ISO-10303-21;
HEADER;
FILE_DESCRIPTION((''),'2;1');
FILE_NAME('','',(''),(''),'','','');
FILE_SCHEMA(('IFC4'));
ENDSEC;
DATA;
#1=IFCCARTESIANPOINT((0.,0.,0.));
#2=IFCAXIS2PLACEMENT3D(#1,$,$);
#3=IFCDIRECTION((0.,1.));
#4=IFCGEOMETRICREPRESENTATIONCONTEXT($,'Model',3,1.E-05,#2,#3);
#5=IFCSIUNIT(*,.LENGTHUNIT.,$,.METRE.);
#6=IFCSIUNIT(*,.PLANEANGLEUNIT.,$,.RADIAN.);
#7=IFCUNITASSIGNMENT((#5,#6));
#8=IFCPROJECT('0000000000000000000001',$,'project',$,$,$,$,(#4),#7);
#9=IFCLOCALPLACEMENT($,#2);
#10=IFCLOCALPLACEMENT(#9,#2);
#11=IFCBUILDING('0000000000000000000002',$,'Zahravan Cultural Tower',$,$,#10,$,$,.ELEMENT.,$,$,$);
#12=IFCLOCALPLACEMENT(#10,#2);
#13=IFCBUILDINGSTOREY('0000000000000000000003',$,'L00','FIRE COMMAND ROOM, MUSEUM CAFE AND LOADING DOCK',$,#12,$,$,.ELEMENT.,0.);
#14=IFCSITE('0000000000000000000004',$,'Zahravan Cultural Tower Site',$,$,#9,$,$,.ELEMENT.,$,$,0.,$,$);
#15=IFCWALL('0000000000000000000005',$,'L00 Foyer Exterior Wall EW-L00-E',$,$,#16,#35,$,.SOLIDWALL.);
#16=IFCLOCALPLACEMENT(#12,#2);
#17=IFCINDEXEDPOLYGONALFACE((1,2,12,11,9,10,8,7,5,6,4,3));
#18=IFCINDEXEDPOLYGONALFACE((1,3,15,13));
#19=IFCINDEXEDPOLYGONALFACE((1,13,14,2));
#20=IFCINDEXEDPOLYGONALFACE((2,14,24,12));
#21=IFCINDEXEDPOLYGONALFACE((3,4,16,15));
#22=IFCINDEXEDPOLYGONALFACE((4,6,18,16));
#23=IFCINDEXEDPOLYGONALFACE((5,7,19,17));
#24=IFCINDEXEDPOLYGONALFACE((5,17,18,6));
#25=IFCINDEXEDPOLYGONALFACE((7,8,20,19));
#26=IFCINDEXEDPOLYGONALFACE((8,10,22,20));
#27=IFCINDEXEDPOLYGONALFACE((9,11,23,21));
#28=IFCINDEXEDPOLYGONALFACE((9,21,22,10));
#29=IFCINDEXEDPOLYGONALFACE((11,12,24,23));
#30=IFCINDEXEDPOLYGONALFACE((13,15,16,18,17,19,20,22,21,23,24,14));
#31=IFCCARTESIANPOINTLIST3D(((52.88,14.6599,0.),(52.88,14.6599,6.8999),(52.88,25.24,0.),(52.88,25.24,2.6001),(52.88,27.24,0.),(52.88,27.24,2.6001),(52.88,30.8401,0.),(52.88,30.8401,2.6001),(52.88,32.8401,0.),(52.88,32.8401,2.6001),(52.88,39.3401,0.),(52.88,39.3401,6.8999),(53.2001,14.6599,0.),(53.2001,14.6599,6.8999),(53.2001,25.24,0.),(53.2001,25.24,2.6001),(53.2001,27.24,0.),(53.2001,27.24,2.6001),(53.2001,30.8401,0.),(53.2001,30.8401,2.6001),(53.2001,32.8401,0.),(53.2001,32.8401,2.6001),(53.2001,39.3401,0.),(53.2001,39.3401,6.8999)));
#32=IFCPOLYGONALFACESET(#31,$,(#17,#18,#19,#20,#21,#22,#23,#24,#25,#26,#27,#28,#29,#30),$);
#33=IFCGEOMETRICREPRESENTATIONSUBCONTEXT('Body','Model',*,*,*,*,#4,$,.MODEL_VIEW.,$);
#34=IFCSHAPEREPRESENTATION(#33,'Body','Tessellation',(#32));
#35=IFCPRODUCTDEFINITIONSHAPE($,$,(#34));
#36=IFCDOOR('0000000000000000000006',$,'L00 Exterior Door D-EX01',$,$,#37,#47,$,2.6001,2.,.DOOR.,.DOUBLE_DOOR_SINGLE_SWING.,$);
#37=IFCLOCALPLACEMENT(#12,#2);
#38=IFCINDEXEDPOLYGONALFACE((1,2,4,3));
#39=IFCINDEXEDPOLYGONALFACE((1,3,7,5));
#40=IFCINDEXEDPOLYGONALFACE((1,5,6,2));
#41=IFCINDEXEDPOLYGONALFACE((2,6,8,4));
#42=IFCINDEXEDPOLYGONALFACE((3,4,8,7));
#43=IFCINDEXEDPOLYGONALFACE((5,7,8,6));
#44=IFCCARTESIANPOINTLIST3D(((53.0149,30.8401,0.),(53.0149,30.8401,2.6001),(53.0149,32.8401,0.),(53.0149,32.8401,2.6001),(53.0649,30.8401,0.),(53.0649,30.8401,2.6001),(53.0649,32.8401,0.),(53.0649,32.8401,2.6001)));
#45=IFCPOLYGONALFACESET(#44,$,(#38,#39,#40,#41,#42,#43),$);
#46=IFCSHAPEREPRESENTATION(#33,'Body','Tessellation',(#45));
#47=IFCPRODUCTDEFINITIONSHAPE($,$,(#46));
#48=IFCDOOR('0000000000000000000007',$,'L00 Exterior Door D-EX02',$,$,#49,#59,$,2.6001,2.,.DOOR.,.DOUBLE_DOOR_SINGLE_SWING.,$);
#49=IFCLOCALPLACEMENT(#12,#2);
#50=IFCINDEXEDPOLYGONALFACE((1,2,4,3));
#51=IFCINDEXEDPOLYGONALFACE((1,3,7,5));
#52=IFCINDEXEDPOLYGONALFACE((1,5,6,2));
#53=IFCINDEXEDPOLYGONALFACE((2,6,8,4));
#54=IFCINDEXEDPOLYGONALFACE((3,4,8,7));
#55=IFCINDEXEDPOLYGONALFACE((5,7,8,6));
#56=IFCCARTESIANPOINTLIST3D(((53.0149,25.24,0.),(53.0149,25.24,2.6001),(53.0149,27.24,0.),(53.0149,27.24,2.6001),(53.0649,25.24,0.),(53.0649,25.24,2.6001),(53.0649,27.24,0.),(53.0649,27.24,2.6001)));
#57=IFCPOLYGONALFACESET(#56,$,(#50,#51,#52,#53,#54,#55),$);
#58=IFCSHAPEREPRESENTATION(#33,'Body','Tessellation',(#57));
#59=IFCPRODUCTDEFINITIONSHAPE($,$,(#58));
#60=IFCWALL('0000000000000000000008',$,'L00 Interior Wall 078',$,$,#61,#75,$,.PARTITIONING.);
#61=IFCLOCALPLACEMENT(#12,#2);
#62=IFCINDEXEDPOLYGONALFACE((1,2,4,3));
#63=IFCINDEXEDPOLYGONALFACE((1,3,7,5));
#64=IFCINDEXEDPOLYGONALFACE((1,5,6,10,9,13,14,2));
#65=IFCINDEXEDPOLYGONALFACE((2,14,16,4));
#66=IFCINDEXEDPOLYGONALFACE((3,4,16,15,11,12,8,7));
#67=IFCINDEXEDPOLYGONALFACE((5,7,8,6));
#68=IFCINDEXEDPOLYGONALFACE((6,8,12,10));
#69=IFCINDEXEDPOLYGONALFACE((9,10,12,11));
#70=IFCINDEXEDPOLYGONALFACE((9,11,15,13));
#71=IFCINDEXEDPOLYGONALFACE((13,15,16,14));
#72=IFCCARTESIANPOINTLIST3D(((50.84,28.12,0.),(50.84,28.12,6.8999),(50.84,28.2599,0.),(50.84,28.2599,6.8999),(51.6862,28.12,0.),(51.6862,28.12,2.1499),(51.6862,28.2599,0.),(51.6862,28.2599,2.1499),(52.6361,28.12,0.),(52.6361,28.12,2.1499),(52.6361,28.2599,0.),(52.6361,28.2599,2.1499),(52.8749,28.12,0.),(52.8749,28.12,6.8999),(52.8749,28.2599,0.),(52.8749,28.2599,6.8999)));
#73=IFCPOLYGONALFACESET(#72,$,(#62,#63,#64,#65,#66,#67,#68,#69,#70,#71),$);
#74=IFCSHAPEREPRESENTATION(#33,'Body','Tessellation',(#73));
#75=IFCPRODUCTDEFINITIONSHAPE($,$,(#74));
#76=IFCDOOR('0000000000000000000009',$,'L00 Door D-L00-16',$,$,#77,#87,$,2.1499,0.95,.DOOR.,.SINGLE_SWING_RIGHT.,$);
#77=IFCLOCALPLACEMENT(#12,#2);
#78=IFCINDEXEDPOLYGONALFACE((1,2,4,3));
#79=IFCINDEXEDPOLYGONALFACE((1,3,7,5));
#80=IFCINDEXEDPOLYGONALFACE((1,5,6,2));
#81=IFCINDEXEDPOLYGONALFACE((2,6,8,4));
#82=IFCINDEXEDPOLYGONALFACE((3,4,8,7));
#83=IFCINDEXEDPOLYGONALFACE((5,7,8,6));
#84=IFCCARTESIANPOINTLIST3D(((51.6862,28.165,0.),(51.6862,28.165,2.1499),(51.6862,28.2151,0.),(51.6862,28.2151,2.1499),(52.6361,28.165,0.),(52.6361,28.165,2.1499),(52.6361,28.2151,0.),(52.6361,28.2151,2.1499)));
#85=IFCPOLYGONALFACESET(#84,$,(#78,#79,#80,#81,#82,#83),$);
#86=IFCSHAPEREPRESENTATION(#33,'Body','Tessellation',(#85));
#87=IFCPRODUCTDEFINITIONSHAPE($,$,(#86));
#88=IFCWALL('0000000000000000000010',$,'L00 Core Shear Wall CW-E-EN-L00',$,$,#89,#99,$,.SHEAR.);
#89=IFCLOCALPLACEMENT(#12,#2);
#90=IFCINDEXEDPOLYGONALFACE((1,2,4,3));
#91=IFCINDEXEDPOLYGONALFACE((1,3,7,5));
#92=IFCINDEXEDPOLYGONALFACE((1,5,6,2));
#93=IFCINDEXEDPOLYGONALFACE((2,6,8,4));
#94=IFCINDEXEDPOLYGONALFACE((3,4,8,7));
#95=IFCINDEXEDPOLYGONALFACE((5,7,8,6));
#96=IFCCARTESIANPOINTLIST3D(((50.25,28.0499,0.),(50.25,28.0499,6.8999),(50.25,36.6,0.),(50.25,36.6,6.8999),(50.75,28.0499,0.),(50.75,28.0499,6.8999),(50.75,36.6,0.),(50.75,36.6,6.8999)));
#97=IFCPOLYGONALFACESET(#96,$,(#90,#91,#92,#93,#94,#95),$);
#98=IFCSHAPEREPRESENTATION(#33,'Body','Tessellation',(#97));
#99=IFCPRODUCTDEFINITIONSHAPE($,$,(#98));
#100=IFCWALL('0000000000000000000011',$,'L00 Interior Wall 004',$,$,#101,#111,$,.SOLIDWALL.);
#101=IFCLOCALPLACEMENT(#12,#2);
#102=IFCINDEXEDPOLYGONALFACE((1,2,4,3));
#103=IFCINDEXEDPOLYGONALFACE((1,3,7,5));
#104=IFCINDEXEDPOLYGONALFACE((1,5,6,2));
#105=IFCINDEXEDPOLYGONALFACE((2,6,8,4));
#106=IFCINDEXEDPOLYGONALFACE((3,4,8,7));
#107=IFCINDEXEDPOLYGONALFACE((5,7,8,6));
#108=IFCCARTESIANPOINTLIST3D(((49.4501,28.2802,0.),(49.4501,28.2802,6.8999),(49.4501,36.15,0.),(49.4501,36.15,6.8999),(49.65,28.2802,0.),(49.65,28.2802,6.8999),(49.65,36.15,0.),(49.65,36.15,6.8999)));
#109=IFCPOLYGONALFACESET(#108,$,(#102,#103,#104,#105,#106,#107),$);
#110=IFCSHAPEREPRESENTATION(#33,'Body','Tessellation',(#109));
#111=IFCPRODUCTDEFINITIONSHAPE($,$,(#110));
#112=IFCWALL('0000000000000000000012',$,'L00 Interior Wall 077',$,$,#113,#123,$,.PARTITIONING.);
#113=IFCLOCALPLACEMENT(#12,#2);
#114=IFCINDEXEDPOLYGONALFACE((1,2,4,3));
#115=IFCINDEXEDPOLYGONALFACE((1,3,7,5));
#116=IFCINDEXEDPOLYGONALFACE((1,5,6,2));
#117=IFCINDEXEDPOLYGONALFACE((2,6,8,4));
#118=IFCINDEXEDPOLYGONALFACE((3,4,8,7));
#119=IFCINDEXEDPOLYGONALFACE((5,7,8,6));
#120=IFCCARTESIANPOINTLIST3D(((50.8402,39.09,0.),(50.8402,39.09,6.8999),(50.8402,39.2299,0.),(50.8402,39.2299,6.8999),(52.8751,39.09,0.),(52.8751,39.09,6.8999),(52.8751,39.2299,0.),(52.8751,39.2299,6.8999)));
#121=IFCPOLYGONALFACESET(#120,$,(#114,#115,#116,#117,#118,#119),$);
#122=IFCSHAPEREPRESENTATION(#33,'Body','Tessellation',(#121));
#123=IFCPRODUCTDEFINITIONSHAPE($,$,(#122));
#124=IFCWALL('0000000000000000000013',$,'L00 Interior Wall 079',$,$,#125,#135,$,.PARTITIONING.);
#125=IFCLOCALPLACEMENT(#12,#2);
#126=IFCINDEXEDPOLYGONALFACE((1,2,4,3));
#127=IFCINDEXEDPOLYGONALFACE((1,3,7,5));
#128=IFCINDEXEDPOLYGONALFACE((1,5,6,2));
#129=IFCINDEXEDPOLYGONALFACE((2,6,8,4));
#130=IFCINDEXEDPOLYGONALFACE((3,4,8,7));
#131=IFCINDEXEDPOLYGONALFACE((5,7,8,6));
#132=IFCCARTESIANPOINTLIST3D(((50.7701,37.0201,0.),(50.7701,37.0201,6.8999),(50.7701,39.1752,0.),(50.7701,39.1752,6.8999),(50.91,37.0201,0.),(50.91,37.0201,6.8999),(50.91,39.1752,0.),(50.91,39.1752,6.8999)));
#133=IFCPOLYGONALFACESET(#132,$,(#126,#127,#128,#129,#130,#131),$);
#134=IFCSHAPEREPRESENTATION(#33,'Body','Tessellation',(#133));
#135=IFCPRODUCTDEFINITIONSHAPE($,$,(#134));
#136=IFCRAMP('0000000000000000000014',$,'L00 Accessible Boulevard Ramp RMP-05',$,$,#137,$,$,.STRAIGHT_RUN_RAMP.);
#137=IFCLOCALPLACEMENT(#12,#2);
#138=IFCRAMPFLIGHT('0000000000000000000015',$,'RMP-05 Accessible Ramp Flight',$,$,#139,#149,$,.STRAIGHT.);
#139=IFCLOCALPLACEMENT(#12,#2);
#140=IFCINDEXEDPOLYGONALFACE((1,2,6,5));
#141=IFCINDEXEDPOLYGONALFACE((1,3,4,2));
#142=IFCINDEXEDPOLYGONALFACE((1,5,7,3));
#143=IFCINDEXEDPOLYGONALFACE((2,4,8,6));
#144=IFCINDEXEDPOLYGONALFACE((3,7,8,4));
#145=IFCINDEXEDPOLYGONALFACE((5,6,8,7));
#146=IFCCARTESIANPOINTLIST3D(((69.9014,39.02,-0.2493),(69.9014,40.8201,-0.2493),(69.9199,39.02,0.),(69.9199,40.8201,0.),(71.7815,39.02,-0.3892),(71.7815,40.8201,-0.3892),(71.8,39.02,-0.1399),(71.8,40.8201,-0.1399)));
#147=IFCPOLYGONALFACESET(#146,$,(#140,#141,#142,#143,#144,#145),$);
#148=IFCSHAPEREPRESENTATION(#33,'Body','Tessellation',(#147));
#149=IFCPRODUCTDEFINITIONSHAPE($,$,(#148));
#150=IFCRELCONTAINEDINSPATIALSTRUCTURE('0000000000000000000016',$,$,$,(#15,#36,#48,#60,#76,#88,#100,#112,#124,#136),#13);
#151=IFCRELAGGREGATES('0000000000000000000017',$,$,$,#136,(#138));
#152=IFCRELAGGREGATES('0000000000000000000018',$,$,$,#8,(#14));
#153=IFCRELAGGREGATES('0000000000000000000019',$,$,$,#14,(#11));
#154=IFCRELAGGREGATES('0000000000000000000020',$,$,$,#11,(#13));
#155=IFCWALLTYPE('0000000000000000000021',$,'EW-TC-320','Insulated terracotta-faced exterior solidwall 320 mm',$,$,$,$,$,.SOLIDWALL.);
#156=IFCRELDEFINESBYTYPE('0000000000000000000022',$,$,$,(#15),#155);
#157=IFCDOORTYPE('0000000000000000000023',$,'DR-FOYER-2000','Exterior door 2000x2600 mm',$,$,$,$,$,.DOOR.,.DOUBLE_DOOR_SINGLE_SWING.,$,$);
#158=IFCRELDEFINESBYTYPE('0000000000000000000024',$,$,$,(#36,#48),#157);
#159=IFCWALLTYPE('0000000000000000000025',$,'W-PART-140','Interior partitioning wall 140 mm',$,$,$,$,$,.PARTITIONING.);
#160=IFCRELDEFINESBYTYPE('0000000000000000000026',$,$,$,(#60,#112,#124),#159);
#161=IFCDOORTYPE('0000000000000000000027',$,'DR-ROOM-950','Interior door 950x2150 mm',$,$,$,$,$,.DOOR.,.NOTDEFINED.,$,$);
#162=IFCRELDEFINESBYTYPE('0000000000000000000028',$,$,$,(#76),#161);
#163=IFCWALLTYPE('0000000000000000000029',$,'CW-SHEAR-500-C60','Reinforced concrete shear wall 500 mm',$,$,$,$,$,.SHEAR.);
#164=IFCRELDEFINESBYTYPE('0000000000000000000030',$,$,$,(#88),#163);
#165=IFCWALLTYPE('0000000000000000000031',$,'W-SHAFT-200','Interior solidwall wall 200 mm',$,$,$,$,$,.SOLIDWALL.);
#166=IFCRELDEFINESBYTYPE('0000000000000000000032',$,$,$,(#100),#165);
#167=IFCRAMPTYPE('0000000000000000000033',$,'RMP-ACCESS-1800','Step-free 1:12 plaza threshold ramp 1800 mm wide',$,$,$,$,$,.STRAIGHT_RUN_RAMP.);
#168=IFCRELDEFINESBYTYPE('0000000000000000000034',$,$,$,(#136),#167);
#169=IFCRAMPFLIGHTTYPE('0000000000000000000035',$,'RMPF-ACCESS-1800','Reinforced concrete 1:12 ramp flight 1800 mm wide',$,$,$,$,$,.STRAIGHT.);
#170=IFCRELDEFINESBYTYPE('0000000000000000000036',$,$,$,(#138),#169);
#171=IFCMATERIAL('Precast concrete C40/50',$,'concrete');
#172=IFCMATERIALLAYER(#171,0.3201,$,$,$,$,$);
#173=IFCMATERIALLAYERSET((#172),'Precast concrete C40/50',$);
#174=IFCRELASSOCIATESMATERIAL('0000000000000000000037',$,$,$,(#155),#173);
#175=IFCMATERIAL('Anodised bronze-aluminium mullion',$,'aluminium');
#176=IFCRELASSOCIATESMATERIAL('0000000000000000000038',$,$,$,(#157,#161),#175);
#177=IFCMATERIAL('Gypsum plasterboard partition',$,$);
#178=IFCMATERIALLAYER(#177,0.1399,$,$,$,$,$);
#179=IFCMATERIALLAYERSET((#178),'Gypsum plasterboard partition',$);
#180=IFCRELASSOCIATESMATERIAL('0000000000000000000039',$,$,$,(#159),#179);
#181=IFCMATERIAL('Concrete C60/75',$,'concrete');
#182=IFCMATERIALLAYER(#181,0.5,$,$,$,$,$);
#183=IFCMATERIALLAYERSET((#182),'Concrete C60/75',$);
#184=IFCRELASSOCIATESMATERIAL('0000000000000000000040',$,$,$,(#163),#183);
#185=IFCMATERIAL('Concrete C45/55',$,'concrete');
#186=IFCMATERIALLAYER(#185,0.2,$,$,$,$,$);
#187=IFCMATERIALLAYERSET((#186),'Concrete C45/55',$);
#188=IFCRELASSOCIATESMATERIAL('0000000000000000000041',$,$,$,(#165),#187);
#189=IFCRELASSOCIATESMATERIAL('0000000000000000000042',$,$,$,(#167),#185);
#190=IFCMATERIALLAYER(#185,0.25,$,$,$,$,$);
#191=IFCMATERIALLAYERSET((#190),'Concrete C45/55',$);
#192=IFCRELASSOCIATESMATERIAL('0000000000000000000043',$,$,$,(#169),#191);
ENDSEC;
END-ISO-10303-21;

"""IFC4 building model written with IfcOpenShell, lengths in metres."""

from ifc_helpers import new_model, si_unit, direction, frame, frame_2d, origin, place, context, subcontext, project, spatial, polyline, rectangle, outline, extrude, source, transform, mapped, material, layer, layer_set, type_object, element, fill, aggregate, save


model = new_model("IFC4")

# Units and contexts
model_context = context("Model", 3, precision=1e-05, world=origin(), true_north=direction((0.0, 1.0)))
body_context = subcontext(model_context, "Body", "Model", "MODEL_VIEW")
ifc_project = project(units=[si_unit("LENGTHUNIT", "METRE"), si_unit("PLANEANGLEUNIT", "RADIAN")], contexts=[model_context])

# Site, building, storey
site_placement = place(None, origin())
site = spatial("IfcSite", under=ifc_project, at=site_placement, Name="Zahravan Cultural Tower Site", CompositionType="ELEMENT", RefElevation=0.0)
building_placement = place(site_placement, origin())
building = spatial("IfcBuilding", under=site, at=building_placement, Name="Zahravan Cultural Tower", CompositionType="ELEMENT")
storey_placement = place(building_placement, origin())
storey = spatial("IfcBuildingStorey", under=building, at=storey_placement, Name="L00", Description="FIRE COMMAND ROOM, MUSEUM CAFE AND LOADING DOCK", CompositionType="ELEMENT", Elevation=0.0)

# Shared definitions
ifc_material_1 = material(Name="Concrete C60/75", Category="concrete")

# Wall, openings, doors
ifc_material_2 = material(Name="Precast concrete C40/50", Category="concrete")
ifc_layer_1 = layer(ifc_material_2, 0.3201)
ifc_layer_set_1 = layer_set([ifc_layer_1], Name="Precast concrete C40/50")
wall_type_1 = type_object("IfcWallType", Name="EW-TC-320", Description="Insulated terracotta-faced exterior solidwall 320 mm", PredefinedType="SOLIDWALL", material=ifc_layer_set_1)
wall_1_placement = place(storey_placement, frame((53.04, 39.3401, 0.0), z_axis=(0.0, 0.0, 1.0), x_axis=(0.0, -1.0, 0.0)))
wall_1 = element("IfcWall", 1, at=wall_1_placement, inside=storey, type_object=wall_type_1, Name="L00 Foyer Exterior Wall EW-L00-E", PredefinedType="SOLIDWALL", context=body_context, shape_type="SweptSolid", body=[
    extrude(rectangle(XDim=24.6802, YDim=0.3201, at=frame_2d((12.3401, 0.0))), origin(), (0.0, 0.0, 1.0), 6.8999),
])
opening_1_placement = place(wall_1_placement, frame((6.5, 0.0, 0.0)))
opening_1 = element("IfcOpeningElement", 2, at=opening_1_placement, cuts=wall_1, PredefinedType="OPENING", context=body_context, shape_type="SweptSolid", body=[
    extrude(rectangle(XDim=2.0, YDim=2.6001, at=frame_2d((1.0, 1.3))), frame((0.0, 0.1699, 0.0), z_axis=(0.0, -1.0, 0.0), x_axis=(1.0, 0.0, 0.0)), (0.0, 0.0, 1.0), 0.3401),
])
opening_2_placement = place(wall_1_placement, frame((12.1001, 0.0, 0.0)))
opening_2 = element("IfcOpeningElement", 3, at=opening_2_placement, cuts=wall_1, PredefinedType="OPENING", context=body_context, shape_type="SweptSolid", body=[
    extrude(rectangle(XDim=2.0, YDim=2.6001, at=frame_2d((1.0, 1.3))), frame((0.0, 0.1699, 0.0), z_axis=(0.0, -1.0, 0.0), x_axis=(1.0, 0.0, 0.0)), (0.0, 0.0, 1.0), 0.3401),
])
ifc_material_3 = material(Name="Anodised bronze-aluminium mullion", Category="aluminium")
door_type_1 = type_object("IfcDoorType", Name="DR-FOYER-2000", Description="Exterior door 2000x2600 mm", OperationType="DOUBLE_DOOR_SINGLE_SWING", PredefinedType="DOOR", material=ifc_material_3)
shared_shape_1 = source(origin(), body_context, "Body", "SweptSolid", [
    extrude(rectangle(XDim=2.0, YDim=2.6001, at=frame_2d((1.0, 1.3))), frame((0.0, 0.0249, 0.0), z_axis=(0.0, -1.0, 0.0), x_axis=(1.0, 0.0, 0.0)), (0.0, 0.0, 1.0), 0.05),
])
door_1_placement = place(opening_1_placement, origin())
door_1 = element("IfcDoor", 4, at=door_1_placement, inside=storey, type_object=door_type_1, Name="L00 Exterior Door D-EX01", OperationType="DOUBLE_DOOR_SINGLE_SWING", OverallHeight=2.6001, OverallWidth=2.0, PredefinedType="DOOR", context=body_context, shape_type="MappedRepresentation", body=[
    mapped(shared_shape_1, transform((0.0, 0.0, 0.0), x_axis=(1.0, 0.0, 0.0), y_axis=(0.0, 1.0, 0.0), z_axis=(0.0, 0.0, 1.0), scale=1.0)),
])
fill(opening_1, door_1)
door_2_placement = place(opening_2_placement, origin())
door_2 = element("IfcDoor", 5, at=door_2_placement, inside=storey, type_object=door_type_1, Name="L00 Exterior Door D-EX02", OperationType="DOUBLE_DOOR_SINGLE_SWING", OverallHeight=2.6001, OverallWidth=2.0, PredefinedType="DOOR", context=body_context, shape_type="MappedRepresentation", body=[
    mapped(shared_shape_1, transform((0.0, 0.0, 0.0), x_axis=(1.0, 0.0, 0.0), y_axis=(0.0, 1.0, 0.0), z_axis=(0.0, 0.0, 1.0), scale=1.0)),
])
fill(opening_2, door_2)

# Wall, opening, door
ifc_material_4 = material(Name="Gypsum plasterboard partition")
ifc_layer_2 = layer(ifc_material_4, 0.1399)
ifc_layer_set_2 = layer_set([ifc_layer_2], Name="Gypsum plasterboard partition")
wall_type_2 = type_object("IfcWallType", Name="W-PART-140", Description="Interior partitioning wall 140 mm", PredefinedType="PARTITIONING", material=ifc_layer_set_2)
wall_2_placement = place(storey_placement, frame((52.875, 28.1899, 0.0), z_axis=(0.0, 0.0, 1.0), x_axis=(-1.0, 0.0, 0.0)))
wall_2 = element("IfcWall", 6, at=wall_2_placement, inside=storey, type_object=wall_type_2, Name="L00 Interior Wall 078", PredefinedType="PARTITIONING", context=body_context, shape_type="SweptSolid", body=[
    extrude(rectangle(XDim=2.0349, YDim=0.1399, at=frame_2d((1.0176, 0.0))), origin(), (0.0, 0.0, 1.0), 6.8999),
])
opening_3_placement = place(wall_2_placement, frame((0.2388, 0.0, 0.0)))
opening_3 = element("IfcOpeningElement", 7, at=opening_3_placement, cuts=wall_2, PredefinedType="OPENING", context=body_context, shape_type="SweptSolid", body=[
    extrude(rectangle(XDim=0.95, YDim=2.1499, at=frame_2d((0.4751, 1.075))), frame((0.0, 0.0798, 0.0), z_axis=(0.0, -1.0, 0.0), x_axis=(1.0, 0.0, 0.0)), (0.0, 0.0, 1.0), 0.1599),
])
door_type_2 = type_object("IfcDoorType", Name="DR-ROOM-950", Description="Interior door 950x2150 mm", OperationType="NOTDEFINED", PredefinedType="DOOR", material=ifc_material_3)
shared_shape_2 = source(origin(), body_context, "Body", "SweptSolid", [
    extrude(rectangle(XDim=0.95, YDim=2.1499, at=frame_2d((0.4751, 1.075))), frame((0.0, 0.0249, 0.0), z_axis=(0.0, -1.0, 0.0), x_axis=(1.0, 0.0, 0.0)), (0.0, 0.0, 1.0), 0.05),
])
door_3_placement = place(opening_3_placement, origin())
door_3 = element("IfcDoor", 8, at=door_3_placement, inside=storey, type_object=door_type_2, Name="L00 Door D-L00-16", OperationType="SINGLE_SWING_RIGHT", OverallHeight=2.1499, OverallWidth=0.95, PredefinedType="DOOR", context=body_context, shape_type="MappedRepresentation", body=[
    mapped(shared_shape_2, transform((0.0, 0.0, 0.0), x_axis=(1.0, 0.0, 0.0), y_axis=(0.0, 1.0, 0.0), z_axis=(0.0, 0.0, 1.0), scale=1.0)),
])
fill(opening_3, door_3)

# Walls
ifc_layer_3 = layer(ifc_material_1, 0.5)
ifc_layer_set_3 = layer_set([ifc_layer_3], Name="Concrete C60/75")
wall_type_3 = type_object("IfcWallType", Name="CW-SHEAR-500-C60", Description="Reinforced concrete shear wall 500 mm", PredefinedType="SHEAR", material=ifc_layer_set_3)
shared_shape_3 = source(origin(), body_context, "Body", "SweptSolid", [
    extrude(rectangle(XDim=8.55, YDim=0.5, at=frame_2d((4.2749, 0.0))), origin(), (0.0, 0.0, 1.0), 6.8999),
])
wall_3_placement = place(storey_placement, frame((50.5, 28.05, 0.0), z_axis=(0.0, 0.0, 1.0), x_axis=(0.0, 1.0, 0.0)))
element("IfcWall", 9, at=wall_3_placement, inside=storey, type_object=wall_type_3, Name="L00 Core Shear Wall CW-E-EN-L00", PredefinedType="SHEAR", context=body_context, shape_type="MappedRepresentation", body=[
    mapped(shared_shape_3, transform((0.0, 0.0, 0.0), x_axis=(1.0, 0.0, 0.0), y_axis=(0.0, 1.0, 0.0), z_axis=(0.0, 0.0, 1.0), scale=1.0)),
])
ifc_material_5 = material(Name="Concrete C45/55", Category="concrete")
ifc_layer_4 = layer(ifc_material_5, 0.2)
ifc_layer_set_4 = layer_set([ifc_layer_4], Name="Concrete C45/55")
wall_type_4 = type_object("IfcWallType", Name="W-SHAFT-200", Description="Interior solidwall wall 200 mm", PredefinedType="SOLIDWALL", material=ifc_layer_set_4)
shared_shape_4 = source(origin(), body_context, "Body", "SweptSolid", [
    extrude(rectangle(XDim=7.8699, YDim=0.2, at=frame_2d((3.9351, 0.0))), origin(), (0.0, 0.0, 1.0), 6.8999),
])
wall_4_placement = place(storey_placement, frame((49.55, 28.28, 0.0), z_axis=(0.0, 0.0, 1.0), x_axis=(0.0, 1.0, 0.0)))
element("IfcWall", 10, at=wall_4_placement, inside=storey, type_object=wall_type_4, Name="L00 Interior Wall 004", PredefinedType="SOLIDWALL", context=body_context, shape_type="MappedRepresentation", body=[
    mapped(shared_shape_4, transform((0.0, 0.0, 0.0), x_axis=(1.0, 0.0, 0.0), y_axis=(0.0, 1.0, 0.0), z_axis=(0.0, 0.0, 1.0), scale=1.0)),
])
shared_shape_5 = source(origin(), body_context, "Body", "SweptSolid", [
    extrude(rectangle(XDim=2.0349, YDim=0.1399, at=frame_2d((1.0176, 0.0))), origin(), (0.0, 0.0, 1.0), 6.8999),
])
wall_5_placement = place(storey_placement, frame((50.8401, 39.1599, 0.0), z_axis=(0.0, 0.0, 1.0), x_axis=(1.0, 0.0, 0.0)))
element("IfcWall", 11, at=wall_5_placement, inside=storey, type_object=wall_type_2, Name="L00 Interior Wall 077", PredefinedType="PARTITIONING", context=body_context, shape_type="MappedRepresentation", body=[
    mapped(shared_shape_5, transform((0.0, 0.0, 0.0), x_axis=(1.0, 0.0, 0.0), y_axis=(0.0, 1.0, 0.0), z_axis=(0.0, 0.0, 1.0), scale=1.0)),
])
shared_shape_6 = source(origin(), body_context, "Body", "SweptSolid", [
    extrude(rectangle(XDim=2.155, YDim=0.1399, at=frame_2d((1.0776, 0.0))), origin(), (0.0, 0.0, 1.0), 6.8999),
])
wall_6_placement = place(storey_placement, frame((50.8401, 37.02, 0.0), z_axis=(0.0, 0.0, 1.0), x_axis=(0.0, 1.0, 0.0)))
element("IfcWall", 12, at=wall_6_placement, inside=storey, type_object=wall_type_2, Name="L00 Interior Wall 079", PredefinedType="PARTITIONING", context=body_context, shape_type="MappedRepresentation", body=[
    mapped(shared_shape_6, transform((0.0, 0.0, 0.0), x_axis=(1.0, 0.0, 0.0), y_axis=(0.0, 1.0, 0.0), z_axis=(0.0, 0.0, 1.0), scale=1.0)),
])

# Ramp, ramp flight
ramp_type = type_object("IfcRampType", Name="RMP-ACCESS-1800", Description="Step-free 1:12 plaza threshold ramp 1800 mm wide", PredefinedType="STRAIGHT_RUN_RAMP", material=ifc_material_5)
ramp_placement = place(storey_placement, origin())
ramp = element("IfcRamp", 13, at=ramp_placement, inside=storey, type_object=ramp_type, Name="L00 Accessible Boulevard Ramp RMP-05", PredefinedType="STRAIGHT_RUN_RAMP")
ifc_layer_5 = layer(ifc_material_5, 0.25)
ifc_layer_set_5 = layer_set([ifc_layer_5], Name="Concrete C45/55")
ramp_flight_type = type_object("IfcRampFlightType", Name="RMPF-ACCESS-1800", Description="Reinforced concrete 1:12 ramp flight 1800 mm wide", PredefinedType="STRAIGHT", material=ifc_layer_set_5)
ramp_flight_placement = place(storey_placement, frame((71.8, 40.8201, -0.1399), z_axis=(0.074201, 0.0, 0.997243), x_axis=(0.0, -1.0, 0.0)))
ramp_flight = element("IfcRampFlight", 14, at=ramp_flight_placement, type_object=ramp_flight_type, Name="RMP-05 Accessible Ramp Flight", PredefinedType="STRAIGHT", context=body_context, shape_type="SweptSolid", body=[
    extrude(outline(polyline([(0.0, 0.0), (1.8, 0.0), (1.8, -1.8853), (0.0, -1.8853), (0.0, 0.0)])), origin(), (0.0, 0.0, -1.0), 0.25),
])
aggregate(ramp, [ramp_flight])

save(model, "model.ifc")
